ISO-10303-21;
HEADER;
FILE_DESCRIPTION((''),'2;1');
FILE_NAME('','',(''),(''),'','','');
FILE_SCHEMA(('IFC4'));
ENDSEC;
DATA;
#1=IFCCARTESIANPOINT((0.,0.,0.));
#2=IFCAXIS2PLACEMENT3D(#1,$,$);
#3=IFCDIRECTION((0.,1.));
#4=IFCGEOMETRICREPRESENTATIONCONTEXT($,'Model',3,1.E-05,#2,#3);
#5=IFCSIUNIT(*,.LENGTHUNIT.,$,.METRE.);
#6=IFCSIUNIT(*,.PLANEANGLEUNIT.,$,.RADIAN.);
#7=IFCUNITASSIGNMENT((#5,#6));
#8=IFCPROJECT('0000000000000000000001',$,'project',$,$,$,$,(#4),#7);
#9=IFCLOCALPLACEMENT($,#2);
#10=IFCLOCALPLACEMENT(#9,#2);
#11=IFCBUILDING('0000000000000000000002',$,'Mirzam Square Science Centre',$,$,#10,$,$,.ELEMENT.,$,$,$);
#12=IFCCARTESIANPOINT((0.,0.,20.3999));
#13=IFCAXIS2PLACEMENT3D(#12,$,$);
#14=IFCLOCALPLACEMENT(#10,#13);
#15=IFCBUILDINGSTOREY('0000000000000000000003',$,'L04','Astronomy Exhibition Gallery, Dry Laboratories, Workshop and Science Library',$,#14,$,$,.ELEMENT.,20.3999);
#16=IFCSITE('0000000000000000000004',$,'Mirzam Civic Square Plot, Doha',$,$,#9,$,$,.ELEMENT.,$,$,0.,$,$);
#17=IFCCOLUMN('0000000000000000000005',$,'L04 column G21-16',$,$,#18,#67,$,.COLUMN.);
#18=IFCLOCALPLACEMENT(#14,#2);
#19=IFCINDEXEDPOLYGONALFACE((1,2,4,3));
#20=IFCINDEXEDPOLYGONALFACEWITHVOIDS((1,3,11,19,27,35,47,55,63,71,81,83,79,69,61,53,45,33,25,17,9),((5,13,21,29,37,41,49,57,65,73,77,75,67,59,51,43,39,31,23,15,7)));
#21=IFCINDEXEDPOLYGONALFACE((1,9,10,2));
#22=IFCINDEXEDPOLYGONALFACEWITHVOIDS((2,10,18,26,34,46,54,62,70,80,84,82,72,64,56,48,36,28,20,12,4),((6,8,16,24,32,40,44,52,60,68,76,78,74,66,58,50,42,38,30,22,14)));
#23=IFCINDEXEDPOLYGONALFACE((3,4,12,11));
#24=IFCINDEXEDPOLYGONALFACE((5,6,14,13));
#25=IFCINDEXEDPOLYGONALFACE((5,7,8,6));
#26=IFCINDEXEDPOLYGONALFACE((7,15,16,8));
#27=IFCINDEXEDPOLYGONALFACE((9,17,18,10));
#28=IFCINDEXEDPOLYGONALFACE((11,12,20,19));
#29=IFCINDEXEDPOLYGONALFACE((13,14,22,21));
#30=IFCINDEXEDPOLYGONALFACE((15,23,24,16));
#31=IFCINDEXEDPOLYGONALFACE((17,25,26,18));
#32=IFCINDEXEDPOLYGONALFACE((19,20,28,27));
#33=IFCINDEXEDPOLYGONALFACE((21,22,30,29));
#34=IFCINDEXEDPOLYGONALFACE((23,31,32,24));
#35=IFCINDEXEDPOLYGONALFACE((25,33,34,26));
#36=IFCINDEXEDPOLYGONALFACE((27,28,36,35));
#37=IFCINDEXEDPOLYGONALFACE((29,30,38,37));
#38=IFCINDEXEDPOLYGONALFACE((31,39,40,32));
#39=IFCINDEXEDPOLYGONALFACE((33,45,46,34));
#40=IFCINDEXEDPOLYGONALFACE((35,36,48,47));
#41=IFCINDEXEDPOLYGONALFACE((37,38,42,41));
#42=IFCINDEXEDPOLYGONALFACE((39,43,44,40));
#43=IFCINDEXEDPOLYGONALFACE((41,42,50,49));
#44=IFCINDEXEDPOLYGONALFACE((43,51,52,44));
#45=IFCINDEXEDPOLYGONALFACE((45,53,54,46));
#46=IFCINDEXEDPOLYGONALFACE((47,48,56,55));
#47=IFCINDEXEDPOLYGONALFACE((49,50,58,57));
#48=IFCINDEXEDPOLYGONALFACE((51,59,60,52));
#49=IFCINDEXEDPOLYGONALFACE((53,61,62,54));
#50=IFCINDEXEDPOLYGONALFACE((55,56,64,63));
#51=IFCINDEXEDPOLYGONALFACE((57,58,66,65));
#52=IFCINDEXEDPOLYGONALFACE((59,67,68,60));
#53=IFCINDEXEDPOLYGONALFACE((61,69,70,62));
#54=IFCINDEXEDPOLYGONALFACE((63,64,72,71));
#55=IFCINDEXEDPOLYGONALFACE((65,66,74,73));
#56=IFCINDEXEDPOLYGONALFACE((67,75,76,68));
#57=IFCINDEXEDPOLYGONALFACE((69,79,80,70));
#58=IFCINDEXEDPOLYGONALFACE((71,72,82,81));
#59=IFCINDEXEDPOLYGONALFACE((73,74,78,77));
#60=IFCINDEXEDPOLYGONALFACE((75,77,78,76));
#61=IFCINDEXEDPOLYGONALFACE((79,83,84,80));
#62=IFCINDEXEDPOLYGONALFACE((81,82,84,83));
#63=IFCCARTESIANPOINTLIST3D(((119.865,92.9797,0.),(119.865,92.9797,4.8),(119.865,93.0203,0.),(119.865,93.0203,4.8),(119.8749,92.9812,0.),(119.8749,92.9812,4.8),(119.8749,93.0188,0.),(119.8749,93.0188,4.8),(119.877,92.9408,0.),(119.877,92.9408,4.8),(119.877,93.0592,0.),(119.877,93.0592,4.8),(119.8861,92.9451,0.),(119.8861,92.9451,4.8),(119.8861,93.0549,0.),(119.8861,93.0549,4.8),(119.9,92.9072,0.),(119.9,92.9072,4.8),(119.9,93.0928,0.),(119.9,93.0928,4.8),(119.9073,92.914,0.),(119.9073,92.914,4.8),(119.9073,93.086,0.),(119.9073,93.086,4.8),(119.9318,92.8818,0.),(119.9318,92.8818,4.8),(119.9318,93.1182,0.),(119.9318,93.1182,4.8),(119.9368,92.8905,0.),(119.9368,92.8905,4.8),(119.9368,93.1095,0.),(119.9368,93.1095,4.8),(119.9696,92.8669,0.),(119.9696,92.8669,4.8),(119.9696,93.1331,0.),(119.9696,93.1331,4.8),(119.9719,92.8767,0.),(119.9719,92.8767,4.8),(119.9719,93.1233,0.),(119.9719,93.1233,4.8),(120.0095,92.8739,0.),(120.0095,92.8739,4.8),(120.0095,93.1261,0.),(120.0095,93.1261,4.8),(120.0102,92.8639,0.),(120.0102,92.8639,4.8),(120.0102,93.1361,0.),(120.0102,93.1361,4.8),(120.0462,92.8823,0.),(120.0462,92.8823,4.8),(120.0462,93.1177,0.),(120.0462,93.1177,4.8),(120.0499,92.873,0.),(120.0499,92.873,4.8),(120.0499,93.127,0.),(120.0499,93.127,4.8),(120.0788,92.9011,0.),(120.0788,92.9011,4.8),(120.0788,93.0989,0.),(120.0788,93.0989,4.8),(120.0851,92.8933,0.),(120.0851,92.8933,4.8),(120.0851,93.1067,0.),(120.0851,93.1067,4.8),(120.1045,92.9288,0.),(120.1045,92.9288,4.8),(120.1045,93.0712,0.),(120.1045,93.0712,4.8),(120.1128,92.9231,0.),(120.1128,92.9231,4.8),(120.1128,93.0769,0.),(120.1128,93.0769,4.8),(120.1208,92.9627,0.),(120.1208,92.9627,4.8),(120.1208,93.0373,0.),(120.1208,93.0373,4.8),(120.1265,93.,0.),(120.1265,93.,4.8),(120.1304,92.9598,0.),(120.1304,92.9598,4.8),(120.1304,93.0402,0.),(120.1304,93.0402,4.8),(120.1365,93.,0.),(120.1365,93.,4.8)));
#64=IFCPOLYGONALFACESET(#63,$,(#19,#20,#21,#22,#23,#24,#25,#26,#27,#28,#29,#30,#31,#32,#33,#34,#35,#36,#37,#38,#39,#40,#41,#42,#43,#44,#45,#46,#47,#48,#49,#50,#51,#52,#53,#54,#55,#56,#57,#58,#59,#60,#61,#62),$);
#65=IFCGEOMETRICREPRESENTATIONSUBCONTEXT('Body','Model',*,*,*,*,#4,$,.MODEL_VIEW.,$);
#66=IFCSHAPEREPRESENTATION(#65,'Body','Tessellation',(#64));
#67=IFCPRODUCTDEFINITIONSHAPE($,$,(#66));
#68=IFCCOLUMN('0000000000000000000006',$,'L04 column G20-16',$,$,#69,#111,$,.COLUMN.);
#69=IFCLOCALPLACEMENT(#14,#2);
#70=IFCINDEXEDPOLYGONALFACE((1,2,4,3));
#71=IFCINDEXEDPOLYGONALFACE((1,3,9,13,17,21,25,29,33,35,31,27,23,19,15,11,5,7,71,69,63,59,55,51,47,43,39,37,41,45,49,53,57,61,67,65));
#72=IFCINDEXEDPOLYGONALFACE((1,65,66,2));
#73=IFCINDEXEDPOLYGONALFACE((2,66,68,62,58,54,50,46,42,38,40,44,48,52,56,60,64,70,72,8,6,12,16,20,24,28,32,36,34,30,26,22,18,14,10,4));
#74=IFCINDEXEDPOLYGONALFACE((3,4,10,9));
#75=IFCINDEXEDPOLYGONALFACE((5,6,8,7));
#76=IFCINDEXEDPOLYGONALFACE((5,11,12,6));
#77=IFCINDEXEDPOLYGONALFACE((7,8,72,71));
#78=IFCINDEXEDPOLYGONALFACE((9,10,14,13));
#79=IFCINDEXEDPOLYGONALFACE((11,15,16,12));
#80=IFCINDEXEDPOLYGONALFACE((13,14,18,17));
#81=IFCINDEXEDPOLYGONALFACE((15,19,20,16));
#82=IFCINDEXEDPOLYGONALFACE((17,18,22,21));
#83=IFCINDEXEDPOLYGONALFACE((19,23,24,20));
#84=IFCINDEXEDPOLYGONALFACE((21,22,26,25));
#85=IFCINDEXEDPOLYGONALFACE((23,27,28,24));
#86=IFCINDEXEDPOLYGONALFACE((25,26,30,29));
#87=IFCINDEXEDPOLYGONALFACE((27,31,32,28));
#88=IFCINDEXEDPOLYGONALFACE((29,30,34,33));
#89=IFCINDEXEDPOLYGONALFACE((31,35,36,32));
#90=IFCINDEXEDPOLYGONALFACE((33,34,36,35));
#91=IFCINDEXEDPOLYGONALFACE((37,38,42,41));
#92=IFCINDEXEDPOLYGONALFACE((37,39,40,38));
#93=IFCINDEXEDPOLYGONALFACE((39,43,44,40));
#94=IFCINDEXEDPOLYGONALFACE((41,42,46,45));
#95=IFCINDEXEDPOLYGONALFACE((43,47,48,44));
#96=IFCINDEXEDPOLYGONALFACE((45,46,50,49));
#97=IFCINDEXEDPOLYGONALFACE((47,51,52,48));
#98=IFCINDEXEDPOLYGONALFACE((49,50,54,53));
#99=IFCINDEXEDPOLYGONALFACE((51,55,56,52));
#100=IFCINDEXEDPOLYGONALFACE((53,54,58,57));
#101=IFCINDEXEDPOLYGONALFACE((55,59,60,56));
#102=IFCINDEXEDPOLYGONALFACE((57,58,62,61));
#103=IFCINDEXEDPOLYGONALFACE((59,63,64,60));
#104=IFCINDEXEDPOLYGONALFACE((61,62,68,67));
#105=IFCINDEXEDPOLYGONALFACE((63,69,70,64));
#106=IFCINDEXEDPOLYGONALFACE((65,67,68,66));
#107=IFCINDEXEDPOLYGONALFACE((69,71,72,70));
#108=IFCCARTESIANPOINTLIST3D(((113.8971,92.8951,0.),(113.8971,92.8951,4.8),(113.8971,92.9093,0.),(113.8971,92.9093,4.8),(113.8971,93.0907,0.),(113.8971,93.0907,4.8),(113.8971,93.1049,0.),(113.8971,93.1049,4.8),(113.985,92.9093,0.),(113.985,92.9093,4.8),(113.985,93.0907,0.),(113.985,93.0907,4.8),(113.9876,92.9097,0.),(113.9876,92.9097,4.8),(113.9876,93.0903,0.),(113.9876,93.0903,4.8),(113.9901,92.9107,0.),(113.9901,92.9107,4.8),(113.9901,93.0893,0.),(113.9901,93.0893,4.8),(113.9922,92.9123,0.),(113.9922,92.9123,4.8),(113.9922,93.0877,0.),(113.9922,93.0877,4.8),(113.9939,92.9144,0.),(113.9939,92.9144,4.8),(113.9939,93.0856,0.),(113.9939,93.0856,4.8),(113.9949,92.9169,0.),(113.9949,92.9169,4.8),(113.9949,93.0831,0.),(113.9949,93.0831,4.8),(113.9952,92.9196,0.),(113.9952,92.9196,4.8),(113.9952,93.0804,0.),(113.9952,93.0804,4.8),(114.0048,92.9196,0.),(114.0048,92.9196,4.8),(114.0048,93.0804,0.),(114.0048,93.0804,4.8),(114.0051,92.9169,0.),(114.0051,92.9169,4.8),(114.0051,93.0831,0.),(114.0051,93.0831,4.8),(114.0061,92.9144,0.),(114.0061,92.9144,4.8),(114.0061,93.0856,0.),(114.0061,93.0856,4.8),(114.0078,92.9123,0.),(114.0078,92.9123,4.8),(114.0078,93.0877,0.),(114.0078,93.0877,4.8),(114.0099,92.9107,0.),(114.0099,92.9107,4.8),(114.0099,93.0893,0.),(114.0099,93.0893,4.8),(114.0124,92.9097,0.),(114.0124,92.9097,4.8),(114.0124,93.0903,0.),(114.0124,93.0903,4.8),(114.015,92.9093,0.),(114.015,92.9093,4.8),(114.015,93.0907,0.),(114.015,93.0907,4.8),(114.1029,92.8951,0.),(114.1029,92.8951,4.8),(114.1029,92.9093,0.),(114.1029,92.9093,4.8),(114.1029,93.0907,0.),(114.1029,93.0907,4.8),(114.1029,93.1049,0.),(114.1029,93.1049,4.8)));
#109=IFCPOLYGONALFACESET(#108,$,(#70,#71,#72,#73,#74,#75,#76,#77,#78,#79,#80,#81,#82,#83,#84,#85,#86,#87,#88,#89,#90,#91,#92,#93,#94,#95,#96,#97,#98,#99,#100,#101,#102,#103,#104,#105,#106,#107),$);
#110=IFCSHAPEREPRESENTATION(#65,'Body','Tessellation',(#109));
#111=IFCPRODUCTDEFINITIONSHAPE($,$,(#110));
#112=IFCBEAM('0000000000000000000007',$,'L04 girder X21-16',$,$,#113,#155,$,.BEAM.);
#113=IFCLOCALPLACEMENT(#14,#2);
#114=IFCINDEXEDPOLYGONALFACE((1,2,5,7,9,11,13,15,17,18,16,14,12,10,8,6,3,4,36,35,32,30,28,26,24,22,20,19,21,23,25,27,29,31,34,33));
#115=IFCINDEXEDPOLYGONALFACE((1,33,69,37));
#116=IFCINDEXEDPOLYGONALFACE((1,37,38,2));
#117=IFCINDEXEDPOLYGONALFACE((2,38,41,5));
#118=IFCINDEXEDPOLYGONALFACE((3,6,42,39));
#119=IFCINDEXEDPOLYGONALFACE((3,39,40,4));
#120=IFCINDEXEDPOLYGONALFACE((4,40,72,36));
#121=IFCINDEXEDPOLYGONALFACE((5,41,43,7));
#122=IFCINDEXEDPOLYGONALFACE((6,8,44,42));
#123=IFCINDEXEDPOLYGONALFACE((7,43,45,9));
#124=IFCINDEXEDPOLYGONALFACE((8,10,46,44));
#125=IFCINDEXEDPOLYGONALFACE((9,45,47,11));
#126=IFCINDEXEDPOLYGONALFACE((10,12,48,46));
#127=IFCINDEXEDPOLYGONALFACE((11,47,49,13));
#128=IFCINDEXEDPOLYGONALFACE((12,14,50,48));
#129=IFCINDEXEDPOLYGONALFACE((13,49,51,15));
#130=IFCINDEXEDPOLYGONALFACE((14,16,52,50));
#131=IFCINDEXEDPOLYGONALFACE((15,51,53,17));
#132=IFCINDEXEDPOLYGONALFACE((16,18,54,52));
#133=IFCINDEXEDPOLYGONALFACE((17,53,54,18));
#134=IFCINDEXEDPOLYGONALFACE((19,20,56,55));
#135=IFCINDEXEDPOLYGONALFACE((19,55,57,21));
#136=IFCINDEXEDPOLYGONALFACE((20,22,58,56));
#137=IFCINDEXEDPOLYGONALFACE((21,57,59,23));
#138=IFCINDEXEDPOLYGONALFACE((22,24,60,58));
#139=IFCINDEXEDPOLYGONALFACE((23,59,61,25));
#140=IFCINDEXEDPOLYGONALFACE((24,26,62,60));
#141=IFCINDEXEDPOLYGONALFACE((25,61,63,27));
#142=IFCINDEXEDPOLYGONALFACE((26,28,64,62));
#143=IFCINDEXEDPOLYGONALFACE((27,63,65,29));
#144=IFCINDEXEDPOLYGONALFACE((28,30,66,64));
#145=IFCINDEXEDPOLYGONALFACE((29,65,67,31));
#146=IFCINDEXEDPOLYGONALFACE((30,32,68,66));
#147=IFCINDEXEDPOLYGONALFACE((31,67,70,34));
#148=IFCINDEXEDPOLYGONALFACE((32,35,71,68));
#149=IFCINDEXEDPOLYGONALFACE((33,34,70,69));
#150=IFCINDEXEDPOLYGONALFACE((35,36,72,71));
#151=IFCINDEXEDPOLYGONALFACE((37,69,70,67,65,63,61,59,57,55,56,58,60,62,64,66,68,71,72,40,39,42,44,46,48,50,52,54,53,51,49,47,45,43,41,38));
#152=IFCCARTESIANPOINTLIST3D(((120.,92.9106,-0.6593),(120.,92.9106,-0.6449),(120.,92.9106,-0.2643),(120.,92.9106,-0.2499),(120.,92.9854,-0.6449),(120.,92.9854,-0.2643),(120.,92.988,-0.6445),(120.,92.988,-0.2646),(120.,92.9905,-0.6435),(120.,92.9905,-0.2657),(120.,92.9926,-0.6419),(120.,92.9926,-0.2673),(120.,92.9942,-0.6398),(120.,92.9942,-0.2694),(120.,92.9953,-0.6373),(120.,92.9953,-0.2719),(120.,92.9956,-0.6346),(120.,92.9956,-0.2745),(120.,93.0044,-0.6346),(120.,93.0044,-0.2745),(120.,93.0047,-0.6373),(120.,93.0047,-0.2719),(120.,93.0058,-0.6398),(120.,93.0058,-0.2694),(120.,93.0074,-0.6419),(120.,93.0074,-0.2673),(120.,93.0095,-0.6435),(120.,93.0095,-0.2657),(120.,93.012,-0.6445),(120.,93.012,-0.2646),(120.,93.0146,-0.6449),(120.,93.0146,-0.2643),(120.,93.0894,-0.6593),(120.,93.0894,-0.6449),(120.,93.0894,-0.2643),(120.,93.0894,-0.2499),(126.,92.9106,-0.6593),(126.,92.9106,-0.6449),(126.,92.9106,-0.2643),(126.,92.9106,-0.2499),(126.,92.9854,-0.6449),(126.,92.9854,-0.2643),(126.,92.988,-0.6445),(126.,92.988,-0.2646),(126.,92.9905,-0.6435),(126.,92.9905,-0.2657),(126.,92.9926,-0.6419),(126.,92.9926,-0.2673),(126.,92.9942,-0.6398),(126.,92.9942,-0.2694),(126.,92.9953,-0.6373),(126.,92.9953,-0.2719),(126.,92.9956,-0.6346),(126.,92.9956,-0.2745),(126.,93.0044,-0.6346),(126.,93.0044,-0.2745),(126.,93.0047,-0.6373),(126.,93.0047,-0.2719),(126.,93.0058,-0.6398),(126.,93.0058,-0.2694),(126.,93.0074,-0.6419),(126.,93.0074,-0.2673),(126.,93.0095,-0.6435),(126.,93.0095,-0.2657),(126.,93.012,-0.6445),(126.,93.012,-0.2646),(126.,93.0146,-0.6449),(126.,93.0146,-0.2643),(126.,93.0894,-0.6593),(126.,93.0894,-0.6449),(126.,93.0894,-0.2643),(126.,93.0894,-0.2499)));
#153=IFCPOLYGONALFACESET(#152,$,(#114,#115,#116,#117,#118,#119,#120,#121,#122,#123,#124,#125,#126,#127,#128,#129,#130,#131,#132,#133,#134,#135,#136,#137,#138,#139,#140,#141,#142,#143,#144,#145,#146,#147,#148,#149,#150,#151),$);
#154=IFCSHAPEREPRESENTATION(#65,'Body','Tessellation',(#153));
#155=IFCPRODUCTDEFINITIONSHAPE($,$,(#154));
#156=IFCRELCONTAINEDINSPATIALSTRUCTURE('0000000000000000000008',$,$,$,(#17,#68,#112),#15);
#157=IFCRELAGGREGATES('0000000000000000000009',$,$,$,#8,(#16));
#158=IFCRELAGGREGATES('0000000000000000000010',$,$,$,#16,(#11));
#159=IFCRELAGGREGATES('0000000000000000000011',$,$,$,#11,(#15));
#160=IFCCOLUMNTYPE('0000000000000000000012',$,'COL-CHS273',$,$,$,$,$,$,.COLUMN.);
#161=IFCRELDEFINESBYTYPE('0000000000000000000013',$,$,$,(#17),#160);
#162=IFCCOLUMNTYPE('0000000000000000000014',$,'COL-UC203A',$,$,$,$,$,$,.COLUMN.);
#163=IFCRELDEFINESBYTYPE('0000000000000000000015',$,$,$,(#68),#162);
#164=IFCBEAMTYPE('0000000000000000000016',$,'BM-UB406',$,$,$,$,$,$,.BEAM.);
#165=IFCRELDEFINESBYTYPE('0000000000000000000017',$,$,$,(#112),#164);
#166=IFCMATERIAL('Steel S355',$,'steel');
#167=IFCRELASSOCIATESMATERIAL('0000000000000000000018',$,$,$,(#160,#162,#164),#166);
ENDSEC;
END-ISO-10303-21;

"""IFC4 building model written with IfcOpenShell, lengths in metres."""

from ifc_helpers import new_model, si_unit, direction, frame, origin, origin_2d, place, context, subcontext, project, spatial, hollow_circle, i_section, extrude, material, material_profile, profile_set, type_object, element, save


model = new_model("IFC4")

# Units and contexts
model_context = context("Model", 3, precision=1e-05, world=origin(), true_north=direction((0.0, 1.0)))
body_context = subcontext(model_context, "Body", "Model", "MODEL_VIEW")
ifc_project = project(units=[si_unit("LENGTHUNIT", "METRE"), si_unit("PLANEANGLEUNIT", "RADIAN")], contexts=[model_context])

# Site, building, storey
site_placement = place(None, origin())
site = spatial("IfcSite", under=ifc_project, at=site_placement, Name="Mirzam Civic Square Plot, Doha", CompositionType="ELEMENT", RefElevation=0.0)
building_placement = place(site_placement, origin())
building = spatial("IfcBuilding", under=site, at=building_placement, Name="Mirzam Square Science Centre", CompositionType="ELEMENT")
storey_placement = place(building_placement, frame((0.0, 0.0, 20.3999)))
storey = spatial("IfcBuildingStorey", under=building, at=storey_placement, Name="L04", Description="Astronomy Exhibition Gallery, Dry Laboratories, Workshop and Science Library", CompositionType="ELEMENT", Elevation=20.3999)

# Columns
ifc_material_1 = material(Name="Steel S355", Category="steel")
ifc_material_profile_1 = material_profile(ifc_material_1, hollow_circle(Radius=0.1365, WallThickness=0.01, at=origin_2d()), Name="273.0x10.0CHS")
ifc_profile_set_1 = profile_set([ifc_material_profile_1], Name="Steel S355")
column_type_1 = type_object("IfcColumnType", Name="COL-CHS273", PredefinedType="COLUMN", material=ifc_profile_set_1)
column_1_placement = place(storey_placement, frame((120.0, 93.0, 0.0), z_axis=(0.0, 0.0, 1.0), x_axis=(1.0, 0.0, 0.0)))
element("IfcColumn", 1, at=column_1_placement, inside=storey, type_object=column_type_1, Name="L04 column G21-16", PredefinedType="COLUMN", context=body_context, shape_type="SweptSolid", body=[
    extrude(hollow_circle(Radius=0.1365, WallThickness=0.01, at=origin_2d()), origin(), (0.0, 0.0, 1.0), 4.8),
])
ifc_material_profile_2 = material_profile(ifc_material_1, i_section(OverallWidth=0.2058, OverallDepth=0.2097, WebThickness=0.0095, FlangeThickness=0.0142, FilletRadius=0.0103, at=origin_2d()), Name="203x203x60UC")
ifc_profile_set_2 = profile_set([ifc_material_profile_2], Name="Steel S355")
column_type_2 = type_object("IfcColumnType", Name="COL-UC203A", PredefinedType="COLUMN", material=ifc_profile_set_2)
column_2_placement = place(storey_placement, frame((114.0, 93.0, 0.0), z_axis=(0.0, 0.0, 1.0), x_axis=(1.0, 0.0, 0.0)))
element("IfcColumn", 2, at=column_2_placement, inside=storey, type_object=column_type_2, Name="L04 column G20-16", PredefinedType="COLUMN", context=body_context, shape_type="SweptSolid", body=[
    extrude(i_section(OverallWidth=0.2058, OverallDepth=0.2097, WebThickness=0.0095, FlangeThickness=0.0142, FilletRadius=0.0103, at=origin_2d()), origin(), (0.0, 0.0, 1.0), 4.8),
])

# Beam
ifc_material_profile_3 = material_profile(ifc_material_1, i_section(OverallWidth=0.1787, OverallDepth=0.4094, WebThickness=0.0088, FlangeThickness=0.0144, FilletRadius=0.0103, at=origin_2d()), Name="406x178x67UB")
ifc_profile_set_3 = profile_set([ifc_material_profile_3], Name="Steel S355")
beam_type_1 = type_object("IfcBeamType", Name="BM-UB406", PredefinedType="BEAM", material=ifc_profile_set_3)
beam_1_placement = place(storey_placement, frame((120.0, 93.0, -0.4546), z_axis=(1.0, 0.0, 0.0), x_axis=(0.0, 1.0, 0.0)))
element("IfcBeam", 3, at=beam_1_placement, inside=storey, type_object=beam_type_1, Name="L04 girder X21-16", PredefinedType="BEAM", context=body_context, shape_type="SweptSolid", body=[
    extrude(i_section(OverallWidth=0.1787, OverallDepth=0.4094, WebThickness=0.0088, FlangeThickness=0.0144, FilletRadius=0.0103, at=origin_2d()), origin(), (0.0, 0.0, 1.0), 6.0),
])

save(model, "model.ifc")
